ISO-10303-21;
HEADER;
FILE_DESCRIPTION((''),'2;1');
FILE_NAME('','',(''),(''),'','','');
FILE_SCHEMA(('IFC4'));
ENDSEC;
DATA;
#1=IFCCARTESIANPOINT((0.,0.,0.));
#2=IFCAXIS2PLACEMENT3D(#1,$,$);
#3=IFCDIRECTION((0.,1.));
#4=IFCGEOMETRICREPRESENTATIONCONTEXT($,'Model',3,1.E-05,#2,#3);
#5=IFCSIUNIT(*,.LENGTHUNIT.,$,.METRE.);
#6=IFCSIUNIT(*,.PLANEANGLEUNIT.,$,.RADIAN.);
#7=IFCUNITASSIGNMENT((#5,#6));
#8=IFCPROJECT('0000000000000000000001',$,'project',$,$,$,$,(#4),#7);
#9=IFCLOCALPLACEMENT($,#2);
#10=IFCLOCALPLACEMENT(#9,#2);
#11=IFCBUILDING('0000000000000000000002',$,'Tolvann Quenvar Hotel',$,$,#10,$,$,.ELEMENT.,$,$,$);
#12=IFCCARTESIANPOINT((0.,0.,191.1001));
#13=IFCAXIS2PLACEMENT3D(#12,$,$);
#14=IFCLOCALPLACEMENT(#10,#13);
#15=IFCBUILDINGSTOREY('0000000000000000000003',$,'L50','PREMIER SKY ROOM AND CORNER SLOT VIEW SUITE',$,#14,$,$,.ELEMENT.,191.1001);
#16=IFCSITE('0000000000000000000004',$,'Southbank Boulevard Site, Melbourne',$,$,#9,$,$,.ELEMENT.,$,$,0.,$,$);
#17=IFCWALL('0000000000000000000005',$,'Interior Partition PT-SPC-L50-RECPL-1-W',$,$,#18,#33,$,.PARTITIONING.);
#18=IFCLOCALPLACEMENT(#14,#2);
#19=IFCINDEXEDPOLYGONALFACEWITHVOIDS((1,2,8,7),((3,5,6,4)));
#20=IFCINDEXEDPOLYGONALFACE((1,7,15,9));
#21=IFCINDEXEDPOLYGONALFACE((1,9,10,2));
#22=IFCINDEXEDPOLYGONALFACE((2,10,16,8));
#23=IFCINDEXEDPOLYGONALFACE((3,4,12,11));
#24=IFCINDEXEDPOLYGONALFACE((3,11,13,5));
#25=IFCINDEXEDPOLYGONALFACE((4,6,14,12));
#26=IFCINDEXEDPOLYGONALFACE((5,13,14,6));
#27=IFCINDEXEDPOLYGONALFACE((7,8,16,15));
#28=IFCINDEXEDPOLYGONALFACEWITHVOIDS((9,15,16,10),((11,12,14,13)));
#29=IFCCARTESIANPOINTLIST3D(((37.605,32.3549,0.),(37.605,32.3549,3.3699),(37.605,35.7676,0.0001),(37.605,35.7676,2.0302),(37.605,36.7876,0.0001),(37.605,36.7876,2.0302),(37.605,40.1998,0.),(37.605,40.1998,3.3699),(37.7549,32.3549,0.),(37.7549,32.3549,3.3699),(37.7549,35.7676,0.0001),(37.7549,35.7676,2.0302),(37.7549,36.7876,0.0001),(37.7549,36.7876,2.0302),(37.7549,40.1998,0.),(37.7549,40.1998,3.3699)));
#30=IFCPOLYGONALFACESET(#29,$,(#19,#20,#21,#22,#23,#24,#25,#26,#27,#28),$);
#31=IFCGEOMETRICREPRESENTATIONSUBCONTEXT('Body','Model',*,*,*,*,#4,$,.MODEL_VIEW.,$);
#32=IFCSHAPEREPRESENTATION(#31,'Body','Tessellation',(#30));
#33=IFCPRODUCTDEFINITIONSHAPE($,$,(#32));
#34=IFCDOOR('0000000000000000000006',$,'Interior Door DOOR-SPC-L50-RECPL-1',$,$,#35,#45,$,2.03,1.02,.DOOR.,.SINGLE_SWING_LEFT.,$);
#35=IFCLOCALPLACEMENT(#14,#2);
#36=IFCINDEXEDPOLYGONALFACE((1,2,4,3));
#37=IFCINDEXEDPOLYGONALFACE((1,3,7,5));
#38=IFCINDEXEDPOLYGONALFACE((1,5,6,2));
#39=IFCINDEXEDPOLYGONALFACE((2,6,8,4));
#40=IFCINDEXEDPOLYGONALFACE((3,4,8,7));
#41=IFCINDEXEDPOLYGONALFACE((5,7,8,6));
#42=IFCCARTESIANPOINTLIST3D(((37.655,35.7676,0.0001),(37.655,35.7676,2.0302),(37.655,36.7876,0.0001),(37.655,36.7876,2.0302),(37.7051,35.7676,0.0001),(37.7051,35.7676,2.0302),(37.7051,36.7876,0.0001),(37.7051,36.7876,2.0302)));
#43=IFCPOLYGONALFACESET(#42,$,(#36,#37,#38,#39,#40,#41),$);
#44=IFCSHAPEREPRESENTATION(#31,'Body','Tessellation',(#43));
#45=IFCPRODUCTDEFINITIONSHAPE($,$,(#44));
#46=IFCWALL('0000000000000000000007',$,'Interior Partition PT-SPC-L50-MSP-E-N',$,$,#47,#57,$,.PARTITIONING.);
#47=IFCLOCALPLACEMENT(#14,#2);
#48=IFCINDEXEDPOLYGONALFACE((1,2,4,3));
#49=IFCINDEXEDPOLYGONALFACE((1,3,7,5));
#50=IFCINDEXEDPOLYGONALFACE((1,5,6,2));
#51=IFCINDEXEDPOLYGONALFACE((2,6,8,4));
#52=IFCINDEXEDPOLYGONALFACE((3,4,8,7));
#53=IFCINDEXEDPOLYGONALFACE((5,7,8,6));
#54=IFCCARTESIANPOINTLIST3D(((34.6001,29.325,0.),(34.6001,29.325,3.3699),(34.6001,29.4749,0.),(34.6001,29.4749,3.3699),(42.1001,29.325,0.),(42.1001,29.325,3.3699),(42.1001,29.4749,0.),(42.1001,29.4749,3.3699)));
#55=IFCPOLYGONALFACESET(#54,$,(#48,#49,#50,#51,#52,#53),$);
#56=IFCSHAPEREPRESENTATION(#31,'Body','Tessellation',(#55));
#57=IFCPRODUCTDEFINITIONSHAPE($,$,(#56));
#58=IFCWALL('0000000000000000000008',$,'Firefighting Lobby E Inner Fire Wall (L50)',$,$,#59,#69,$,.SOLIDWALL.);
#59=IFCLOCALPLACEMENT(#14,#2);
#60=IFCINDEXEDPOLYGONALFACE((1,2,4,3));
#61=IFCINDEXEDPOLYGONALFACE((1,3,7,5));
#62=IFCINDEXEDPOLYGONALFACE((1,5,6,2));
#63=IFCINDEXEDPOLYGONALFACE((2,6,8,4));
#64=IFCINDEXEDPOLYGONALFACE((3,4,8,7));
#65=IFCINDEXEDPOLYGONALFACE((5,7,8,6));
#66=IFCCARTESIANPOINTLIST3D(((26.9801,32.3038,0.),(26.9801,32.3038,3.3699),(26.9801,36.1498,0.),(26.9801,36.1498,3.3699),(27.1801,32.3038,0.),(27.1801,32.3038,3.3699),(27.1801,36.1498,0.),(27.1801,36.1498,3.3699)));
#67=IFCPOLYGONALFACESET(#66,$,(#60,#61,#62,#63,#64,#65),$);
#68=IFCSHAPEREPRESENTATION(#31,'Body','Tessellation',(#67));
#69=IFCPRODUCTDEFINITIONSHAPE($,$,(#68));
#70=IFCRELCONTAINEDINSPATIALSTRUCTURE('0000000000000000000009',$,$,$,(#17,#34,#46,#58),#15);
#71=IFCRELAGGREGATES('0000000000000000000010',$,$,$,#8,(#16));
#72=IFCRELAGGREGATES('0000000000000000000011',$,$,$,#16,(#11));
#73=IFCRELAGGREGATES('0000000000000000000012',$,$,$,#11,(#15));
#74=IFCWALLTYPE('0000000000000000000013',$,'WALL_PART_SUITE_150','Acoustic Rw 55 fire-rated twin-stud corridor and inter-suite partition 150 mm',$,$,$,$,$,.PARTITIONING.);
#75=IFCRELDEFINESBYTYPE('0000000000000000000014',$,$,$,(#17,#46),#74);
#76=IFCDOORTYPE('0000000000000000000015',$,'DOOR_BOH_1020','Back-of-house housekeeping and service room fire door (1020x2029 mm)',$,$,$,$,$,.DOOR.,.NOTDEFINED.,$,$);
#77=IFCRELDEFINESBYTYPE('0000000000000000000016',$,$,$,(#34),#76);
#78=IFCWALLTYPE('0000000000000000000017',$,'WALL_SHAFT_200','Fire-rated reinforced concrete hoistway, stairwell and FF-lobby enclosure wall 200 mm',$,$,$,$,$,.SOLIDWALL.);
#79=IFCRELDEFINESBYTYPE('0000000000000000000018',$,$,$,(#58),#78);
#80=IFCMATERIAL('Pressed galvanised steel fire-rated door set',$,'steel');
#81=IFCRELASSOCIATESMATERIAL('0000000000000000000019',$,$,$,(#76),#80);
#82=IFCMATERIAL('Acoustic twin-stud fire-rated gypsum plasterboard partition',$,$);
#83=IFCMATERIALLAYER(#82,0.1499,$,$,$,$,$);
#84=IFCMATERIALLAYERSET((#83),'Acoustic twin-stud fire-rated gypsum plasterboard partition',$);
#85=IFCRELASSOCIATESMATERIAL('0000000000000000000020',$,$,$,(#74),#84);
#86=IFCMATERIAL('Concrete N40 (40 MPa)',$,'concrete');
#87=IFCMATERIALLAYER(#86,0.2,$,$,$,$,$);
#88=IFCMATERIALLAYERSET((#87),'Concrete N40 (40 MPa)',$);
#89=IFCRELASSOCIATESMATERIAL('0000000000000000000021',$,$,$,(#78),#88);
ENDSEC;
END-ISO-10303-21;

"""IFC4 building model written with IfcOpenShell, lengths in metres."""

from ifc_helpers import new_model, si_unit, direction, frame, frame_2d, origin, place, context, subcontext, project, spatial, rectangle, extrude, source, transform, mapped, material, layer, layer_set, type_object, type_shapes, element, fill, save


model = new_model("IFC4")

# Units and contexts
model_context = context("Model", 3, precision=1e-05, world=origin(), true_north=direction((0.0, 1.0)))
body_context = subcontext(model_context, "Body", "Model", "MODEL_VIEW")
ifc_project = project(units=[si_unit("LENGTHUNIT", "METRE"), si_unit("PLANEANGLEUNIT", "RADIAN")], contexts=[model_context])

# Site, building, storey
site_placement = place(None, origin())
site = spatial("IfcSite", under=ifc_project, at=site_placement, Name="Southbank Boulevard Site, Melbourne", CompositionType="ELEMENT", RefElevation=0.0)
building_placement = place(site_placement, origin())
building = spatial("IfcBuilding", under=site, at=building_placement, Name="Tolvann Quenvar Hotel", CompositionType="ELEMENT")
storey_placement = place(building_placement, frame((0.0, 0.0, 191.1001)))
storey = spatial("IfcBuildingStorey", under=building, at=storey_placement, Name="L50", Description="PREMIER SKY ROOM AND CORNER SLOT VIEW SUITE", CompositionType="ELEMENT", Elevation=191.1001)

# Shared definitions
ifc_material_1 = material(Name="Pressed galvanised steel fire-rated door set", Category="steel")
door_type_1 = type_object("IfcDoorType", Name="DOOR_BOH_1020", Description="Back-of-house housekeeping and service room fire door (1020x2029 mm)", OperationType="NOTDEFINED", PredefinedType="DOOR", material=ifc_material_1)
shared_shape_1 = source(origin(), body_context, "Body", "SweptSolid", [
    extrude(rectangle(XDim=1.02, YDim=2.03, at=frame_2d((0.51, 1.0151))), frame((0.0, 0.0249, 0.0), z_axis=(0.0, -1.0, 0.0), x_axis=(1.0, 0.0, 0.0)), (0.0, 0.0, 1.0), 0.05),
])
type_shapes(door_type_1, [shared_shape_1])

# Shared definitions
ifc_material_2 = material(Name="Acoustic twin-stud fire-rated gypsum plasterboard partition")
ifc_layer_1 = layer(ifc_material_2, 0.1499)
ifc_layer_set_1 = layer_set([ifc_layer_1], Name="Acoustic twin-stud fire-rated gypsum plasterboard partition")
wall_type_1 = type_object("IfcWallType", Name="WALL_PART_SUITE_150", Description="Acoustic Rw 55 fire-rated twin-stud corridor and inter-suite partition 150 mm", PredefinedType="PARTITIONING", material=ifc_layer_set_1)

# Wall, opening, door
wall_1_placement = place(storey_placement, frame((37.6799, 32.355, 0.0), z_axis=(0.0, 0.0, 1.0), x_axis=(0.0, 1.0, 0.0)))
wall_1 = element("IfcWall", 1, at=wall_1_placement, inside=storey, type_object=wall_type_1, Name="Interior Partition PT-SPC-L50-RECPL-1-W", PredefinedType="PARTITIONING", context=body_context, shape_type="SweptSolid", body=[
    extrude(rectangle(XDim=7.845, YDim=0.1499, at=frame_2d((3.9224, 0.0))), origin(), (0.0, 0.0, 1.0), 3.3699),
])
opening_1_placement = place(wall_1_placement, frame((3.4126, 0.0, 0.0)))
opening_1 = element("IfcOpeningElement", 2, at=opening_1_placement, cuts=wall_1, PredefinedType="OPENING", context=body_context, shape_type="SweptSolid", body=[
    extrude(rectangle(XDim=1.02, YDim=2.03, at=frame_2d((0.51, 1.0151))), frame((0.0, 0.085, 0.0), z_axis=(0.0, -1.0, 0.0), x_axis=(1.0, 0.0, 0.0)), (0.0, 0.0, 1.0), 0.1699),
])
door_1_placement = place(opening_1_placement, origin())
door_1 = element("IfcDoor", 3, at=door_1_placement, inside=storey, type_object=door_type_1, Name="Interior Door DOOR-SPC-L50-RECPL-1", OperationType="SINGLE_SWING_LEFT", OverallHeight=2.03, OverallWidth=1.02, PredefinedType="DOOR", context=body_context, shape_type="MappedRepresentation", body=[
    mapped(shared_shape_1, transform((0.0, 0.0, 0.0), x_axis=(1.0, 0.0, 0.0), y_axis=(0.0, 1.0, 0.0), z_axis=(0.0, 0.0, 1.0), scale=1.0)),
])
fill(opening_1, door_1)

# Walls
wall_2_placement = place(storey_placement, frame((34.6001, 29.3999, 0.0), z_axis=(0.0, 0.0, 1.0), x_axis=(1.0, 0.0, 0.0)))
element("IfcWall", 4, at=wall_2_placement, inside=storey, type_object=wall_type_1, Name="Interior Partition PT-SPC-L50-MSP-E-N", PredefinedType="PARTITIONING", context=body_context, shape_type="SweptSolid", body=[
    extrude(rectangle(XDim=7.5, YDim=0.1499, at=frame_2d((3.75, 0.0))), origin(), (0.0, 0.0, 1.0), 3.3699),
])
ifc_material_3 = material(Name="Concrete N40 (40 MPa)", Category="concrete")
ifc_layer_2 = layer(ifc_material_3, 0.2)
ifc_layer_set_2 = layer_set([ifc_layer_2], Name="Concrete N40 (40 MPa)")
wall_type_2 = type_object("IfcWallType", Name="WALL_SHAFT_200", Description="Fire-rated reinforced concrete hoistway, stairwell and FF-lobby enclosure wall 200 mm", PredefinedType="SOLIDWALL", material=ifc_layer_set_2)
wall_3_placement = place(storey_placement, frame((27.0801, 32.304, 0.0), z_axis=(0.0, 0.0, 1.0), x_axis=(0.0, 1.0, 0.0)))
element("IfcWall", 5, at=wall_3_placement, inside=storey, type_object=wall_type_2, Name="Firefighting Lobby E Inner Fire Wall (L50)", PredefinedType="SOLIDWALL", context=body_context, shape_type="SweptSolid", body=[
    extrude(rectangle(XDim=3.8459, YDim=0.2, at=frame_2d((1.9229, 0.0))), origin(), (0.0, 0.0, 1.0), 3.3699),
])

save(model, "model.ifc")
